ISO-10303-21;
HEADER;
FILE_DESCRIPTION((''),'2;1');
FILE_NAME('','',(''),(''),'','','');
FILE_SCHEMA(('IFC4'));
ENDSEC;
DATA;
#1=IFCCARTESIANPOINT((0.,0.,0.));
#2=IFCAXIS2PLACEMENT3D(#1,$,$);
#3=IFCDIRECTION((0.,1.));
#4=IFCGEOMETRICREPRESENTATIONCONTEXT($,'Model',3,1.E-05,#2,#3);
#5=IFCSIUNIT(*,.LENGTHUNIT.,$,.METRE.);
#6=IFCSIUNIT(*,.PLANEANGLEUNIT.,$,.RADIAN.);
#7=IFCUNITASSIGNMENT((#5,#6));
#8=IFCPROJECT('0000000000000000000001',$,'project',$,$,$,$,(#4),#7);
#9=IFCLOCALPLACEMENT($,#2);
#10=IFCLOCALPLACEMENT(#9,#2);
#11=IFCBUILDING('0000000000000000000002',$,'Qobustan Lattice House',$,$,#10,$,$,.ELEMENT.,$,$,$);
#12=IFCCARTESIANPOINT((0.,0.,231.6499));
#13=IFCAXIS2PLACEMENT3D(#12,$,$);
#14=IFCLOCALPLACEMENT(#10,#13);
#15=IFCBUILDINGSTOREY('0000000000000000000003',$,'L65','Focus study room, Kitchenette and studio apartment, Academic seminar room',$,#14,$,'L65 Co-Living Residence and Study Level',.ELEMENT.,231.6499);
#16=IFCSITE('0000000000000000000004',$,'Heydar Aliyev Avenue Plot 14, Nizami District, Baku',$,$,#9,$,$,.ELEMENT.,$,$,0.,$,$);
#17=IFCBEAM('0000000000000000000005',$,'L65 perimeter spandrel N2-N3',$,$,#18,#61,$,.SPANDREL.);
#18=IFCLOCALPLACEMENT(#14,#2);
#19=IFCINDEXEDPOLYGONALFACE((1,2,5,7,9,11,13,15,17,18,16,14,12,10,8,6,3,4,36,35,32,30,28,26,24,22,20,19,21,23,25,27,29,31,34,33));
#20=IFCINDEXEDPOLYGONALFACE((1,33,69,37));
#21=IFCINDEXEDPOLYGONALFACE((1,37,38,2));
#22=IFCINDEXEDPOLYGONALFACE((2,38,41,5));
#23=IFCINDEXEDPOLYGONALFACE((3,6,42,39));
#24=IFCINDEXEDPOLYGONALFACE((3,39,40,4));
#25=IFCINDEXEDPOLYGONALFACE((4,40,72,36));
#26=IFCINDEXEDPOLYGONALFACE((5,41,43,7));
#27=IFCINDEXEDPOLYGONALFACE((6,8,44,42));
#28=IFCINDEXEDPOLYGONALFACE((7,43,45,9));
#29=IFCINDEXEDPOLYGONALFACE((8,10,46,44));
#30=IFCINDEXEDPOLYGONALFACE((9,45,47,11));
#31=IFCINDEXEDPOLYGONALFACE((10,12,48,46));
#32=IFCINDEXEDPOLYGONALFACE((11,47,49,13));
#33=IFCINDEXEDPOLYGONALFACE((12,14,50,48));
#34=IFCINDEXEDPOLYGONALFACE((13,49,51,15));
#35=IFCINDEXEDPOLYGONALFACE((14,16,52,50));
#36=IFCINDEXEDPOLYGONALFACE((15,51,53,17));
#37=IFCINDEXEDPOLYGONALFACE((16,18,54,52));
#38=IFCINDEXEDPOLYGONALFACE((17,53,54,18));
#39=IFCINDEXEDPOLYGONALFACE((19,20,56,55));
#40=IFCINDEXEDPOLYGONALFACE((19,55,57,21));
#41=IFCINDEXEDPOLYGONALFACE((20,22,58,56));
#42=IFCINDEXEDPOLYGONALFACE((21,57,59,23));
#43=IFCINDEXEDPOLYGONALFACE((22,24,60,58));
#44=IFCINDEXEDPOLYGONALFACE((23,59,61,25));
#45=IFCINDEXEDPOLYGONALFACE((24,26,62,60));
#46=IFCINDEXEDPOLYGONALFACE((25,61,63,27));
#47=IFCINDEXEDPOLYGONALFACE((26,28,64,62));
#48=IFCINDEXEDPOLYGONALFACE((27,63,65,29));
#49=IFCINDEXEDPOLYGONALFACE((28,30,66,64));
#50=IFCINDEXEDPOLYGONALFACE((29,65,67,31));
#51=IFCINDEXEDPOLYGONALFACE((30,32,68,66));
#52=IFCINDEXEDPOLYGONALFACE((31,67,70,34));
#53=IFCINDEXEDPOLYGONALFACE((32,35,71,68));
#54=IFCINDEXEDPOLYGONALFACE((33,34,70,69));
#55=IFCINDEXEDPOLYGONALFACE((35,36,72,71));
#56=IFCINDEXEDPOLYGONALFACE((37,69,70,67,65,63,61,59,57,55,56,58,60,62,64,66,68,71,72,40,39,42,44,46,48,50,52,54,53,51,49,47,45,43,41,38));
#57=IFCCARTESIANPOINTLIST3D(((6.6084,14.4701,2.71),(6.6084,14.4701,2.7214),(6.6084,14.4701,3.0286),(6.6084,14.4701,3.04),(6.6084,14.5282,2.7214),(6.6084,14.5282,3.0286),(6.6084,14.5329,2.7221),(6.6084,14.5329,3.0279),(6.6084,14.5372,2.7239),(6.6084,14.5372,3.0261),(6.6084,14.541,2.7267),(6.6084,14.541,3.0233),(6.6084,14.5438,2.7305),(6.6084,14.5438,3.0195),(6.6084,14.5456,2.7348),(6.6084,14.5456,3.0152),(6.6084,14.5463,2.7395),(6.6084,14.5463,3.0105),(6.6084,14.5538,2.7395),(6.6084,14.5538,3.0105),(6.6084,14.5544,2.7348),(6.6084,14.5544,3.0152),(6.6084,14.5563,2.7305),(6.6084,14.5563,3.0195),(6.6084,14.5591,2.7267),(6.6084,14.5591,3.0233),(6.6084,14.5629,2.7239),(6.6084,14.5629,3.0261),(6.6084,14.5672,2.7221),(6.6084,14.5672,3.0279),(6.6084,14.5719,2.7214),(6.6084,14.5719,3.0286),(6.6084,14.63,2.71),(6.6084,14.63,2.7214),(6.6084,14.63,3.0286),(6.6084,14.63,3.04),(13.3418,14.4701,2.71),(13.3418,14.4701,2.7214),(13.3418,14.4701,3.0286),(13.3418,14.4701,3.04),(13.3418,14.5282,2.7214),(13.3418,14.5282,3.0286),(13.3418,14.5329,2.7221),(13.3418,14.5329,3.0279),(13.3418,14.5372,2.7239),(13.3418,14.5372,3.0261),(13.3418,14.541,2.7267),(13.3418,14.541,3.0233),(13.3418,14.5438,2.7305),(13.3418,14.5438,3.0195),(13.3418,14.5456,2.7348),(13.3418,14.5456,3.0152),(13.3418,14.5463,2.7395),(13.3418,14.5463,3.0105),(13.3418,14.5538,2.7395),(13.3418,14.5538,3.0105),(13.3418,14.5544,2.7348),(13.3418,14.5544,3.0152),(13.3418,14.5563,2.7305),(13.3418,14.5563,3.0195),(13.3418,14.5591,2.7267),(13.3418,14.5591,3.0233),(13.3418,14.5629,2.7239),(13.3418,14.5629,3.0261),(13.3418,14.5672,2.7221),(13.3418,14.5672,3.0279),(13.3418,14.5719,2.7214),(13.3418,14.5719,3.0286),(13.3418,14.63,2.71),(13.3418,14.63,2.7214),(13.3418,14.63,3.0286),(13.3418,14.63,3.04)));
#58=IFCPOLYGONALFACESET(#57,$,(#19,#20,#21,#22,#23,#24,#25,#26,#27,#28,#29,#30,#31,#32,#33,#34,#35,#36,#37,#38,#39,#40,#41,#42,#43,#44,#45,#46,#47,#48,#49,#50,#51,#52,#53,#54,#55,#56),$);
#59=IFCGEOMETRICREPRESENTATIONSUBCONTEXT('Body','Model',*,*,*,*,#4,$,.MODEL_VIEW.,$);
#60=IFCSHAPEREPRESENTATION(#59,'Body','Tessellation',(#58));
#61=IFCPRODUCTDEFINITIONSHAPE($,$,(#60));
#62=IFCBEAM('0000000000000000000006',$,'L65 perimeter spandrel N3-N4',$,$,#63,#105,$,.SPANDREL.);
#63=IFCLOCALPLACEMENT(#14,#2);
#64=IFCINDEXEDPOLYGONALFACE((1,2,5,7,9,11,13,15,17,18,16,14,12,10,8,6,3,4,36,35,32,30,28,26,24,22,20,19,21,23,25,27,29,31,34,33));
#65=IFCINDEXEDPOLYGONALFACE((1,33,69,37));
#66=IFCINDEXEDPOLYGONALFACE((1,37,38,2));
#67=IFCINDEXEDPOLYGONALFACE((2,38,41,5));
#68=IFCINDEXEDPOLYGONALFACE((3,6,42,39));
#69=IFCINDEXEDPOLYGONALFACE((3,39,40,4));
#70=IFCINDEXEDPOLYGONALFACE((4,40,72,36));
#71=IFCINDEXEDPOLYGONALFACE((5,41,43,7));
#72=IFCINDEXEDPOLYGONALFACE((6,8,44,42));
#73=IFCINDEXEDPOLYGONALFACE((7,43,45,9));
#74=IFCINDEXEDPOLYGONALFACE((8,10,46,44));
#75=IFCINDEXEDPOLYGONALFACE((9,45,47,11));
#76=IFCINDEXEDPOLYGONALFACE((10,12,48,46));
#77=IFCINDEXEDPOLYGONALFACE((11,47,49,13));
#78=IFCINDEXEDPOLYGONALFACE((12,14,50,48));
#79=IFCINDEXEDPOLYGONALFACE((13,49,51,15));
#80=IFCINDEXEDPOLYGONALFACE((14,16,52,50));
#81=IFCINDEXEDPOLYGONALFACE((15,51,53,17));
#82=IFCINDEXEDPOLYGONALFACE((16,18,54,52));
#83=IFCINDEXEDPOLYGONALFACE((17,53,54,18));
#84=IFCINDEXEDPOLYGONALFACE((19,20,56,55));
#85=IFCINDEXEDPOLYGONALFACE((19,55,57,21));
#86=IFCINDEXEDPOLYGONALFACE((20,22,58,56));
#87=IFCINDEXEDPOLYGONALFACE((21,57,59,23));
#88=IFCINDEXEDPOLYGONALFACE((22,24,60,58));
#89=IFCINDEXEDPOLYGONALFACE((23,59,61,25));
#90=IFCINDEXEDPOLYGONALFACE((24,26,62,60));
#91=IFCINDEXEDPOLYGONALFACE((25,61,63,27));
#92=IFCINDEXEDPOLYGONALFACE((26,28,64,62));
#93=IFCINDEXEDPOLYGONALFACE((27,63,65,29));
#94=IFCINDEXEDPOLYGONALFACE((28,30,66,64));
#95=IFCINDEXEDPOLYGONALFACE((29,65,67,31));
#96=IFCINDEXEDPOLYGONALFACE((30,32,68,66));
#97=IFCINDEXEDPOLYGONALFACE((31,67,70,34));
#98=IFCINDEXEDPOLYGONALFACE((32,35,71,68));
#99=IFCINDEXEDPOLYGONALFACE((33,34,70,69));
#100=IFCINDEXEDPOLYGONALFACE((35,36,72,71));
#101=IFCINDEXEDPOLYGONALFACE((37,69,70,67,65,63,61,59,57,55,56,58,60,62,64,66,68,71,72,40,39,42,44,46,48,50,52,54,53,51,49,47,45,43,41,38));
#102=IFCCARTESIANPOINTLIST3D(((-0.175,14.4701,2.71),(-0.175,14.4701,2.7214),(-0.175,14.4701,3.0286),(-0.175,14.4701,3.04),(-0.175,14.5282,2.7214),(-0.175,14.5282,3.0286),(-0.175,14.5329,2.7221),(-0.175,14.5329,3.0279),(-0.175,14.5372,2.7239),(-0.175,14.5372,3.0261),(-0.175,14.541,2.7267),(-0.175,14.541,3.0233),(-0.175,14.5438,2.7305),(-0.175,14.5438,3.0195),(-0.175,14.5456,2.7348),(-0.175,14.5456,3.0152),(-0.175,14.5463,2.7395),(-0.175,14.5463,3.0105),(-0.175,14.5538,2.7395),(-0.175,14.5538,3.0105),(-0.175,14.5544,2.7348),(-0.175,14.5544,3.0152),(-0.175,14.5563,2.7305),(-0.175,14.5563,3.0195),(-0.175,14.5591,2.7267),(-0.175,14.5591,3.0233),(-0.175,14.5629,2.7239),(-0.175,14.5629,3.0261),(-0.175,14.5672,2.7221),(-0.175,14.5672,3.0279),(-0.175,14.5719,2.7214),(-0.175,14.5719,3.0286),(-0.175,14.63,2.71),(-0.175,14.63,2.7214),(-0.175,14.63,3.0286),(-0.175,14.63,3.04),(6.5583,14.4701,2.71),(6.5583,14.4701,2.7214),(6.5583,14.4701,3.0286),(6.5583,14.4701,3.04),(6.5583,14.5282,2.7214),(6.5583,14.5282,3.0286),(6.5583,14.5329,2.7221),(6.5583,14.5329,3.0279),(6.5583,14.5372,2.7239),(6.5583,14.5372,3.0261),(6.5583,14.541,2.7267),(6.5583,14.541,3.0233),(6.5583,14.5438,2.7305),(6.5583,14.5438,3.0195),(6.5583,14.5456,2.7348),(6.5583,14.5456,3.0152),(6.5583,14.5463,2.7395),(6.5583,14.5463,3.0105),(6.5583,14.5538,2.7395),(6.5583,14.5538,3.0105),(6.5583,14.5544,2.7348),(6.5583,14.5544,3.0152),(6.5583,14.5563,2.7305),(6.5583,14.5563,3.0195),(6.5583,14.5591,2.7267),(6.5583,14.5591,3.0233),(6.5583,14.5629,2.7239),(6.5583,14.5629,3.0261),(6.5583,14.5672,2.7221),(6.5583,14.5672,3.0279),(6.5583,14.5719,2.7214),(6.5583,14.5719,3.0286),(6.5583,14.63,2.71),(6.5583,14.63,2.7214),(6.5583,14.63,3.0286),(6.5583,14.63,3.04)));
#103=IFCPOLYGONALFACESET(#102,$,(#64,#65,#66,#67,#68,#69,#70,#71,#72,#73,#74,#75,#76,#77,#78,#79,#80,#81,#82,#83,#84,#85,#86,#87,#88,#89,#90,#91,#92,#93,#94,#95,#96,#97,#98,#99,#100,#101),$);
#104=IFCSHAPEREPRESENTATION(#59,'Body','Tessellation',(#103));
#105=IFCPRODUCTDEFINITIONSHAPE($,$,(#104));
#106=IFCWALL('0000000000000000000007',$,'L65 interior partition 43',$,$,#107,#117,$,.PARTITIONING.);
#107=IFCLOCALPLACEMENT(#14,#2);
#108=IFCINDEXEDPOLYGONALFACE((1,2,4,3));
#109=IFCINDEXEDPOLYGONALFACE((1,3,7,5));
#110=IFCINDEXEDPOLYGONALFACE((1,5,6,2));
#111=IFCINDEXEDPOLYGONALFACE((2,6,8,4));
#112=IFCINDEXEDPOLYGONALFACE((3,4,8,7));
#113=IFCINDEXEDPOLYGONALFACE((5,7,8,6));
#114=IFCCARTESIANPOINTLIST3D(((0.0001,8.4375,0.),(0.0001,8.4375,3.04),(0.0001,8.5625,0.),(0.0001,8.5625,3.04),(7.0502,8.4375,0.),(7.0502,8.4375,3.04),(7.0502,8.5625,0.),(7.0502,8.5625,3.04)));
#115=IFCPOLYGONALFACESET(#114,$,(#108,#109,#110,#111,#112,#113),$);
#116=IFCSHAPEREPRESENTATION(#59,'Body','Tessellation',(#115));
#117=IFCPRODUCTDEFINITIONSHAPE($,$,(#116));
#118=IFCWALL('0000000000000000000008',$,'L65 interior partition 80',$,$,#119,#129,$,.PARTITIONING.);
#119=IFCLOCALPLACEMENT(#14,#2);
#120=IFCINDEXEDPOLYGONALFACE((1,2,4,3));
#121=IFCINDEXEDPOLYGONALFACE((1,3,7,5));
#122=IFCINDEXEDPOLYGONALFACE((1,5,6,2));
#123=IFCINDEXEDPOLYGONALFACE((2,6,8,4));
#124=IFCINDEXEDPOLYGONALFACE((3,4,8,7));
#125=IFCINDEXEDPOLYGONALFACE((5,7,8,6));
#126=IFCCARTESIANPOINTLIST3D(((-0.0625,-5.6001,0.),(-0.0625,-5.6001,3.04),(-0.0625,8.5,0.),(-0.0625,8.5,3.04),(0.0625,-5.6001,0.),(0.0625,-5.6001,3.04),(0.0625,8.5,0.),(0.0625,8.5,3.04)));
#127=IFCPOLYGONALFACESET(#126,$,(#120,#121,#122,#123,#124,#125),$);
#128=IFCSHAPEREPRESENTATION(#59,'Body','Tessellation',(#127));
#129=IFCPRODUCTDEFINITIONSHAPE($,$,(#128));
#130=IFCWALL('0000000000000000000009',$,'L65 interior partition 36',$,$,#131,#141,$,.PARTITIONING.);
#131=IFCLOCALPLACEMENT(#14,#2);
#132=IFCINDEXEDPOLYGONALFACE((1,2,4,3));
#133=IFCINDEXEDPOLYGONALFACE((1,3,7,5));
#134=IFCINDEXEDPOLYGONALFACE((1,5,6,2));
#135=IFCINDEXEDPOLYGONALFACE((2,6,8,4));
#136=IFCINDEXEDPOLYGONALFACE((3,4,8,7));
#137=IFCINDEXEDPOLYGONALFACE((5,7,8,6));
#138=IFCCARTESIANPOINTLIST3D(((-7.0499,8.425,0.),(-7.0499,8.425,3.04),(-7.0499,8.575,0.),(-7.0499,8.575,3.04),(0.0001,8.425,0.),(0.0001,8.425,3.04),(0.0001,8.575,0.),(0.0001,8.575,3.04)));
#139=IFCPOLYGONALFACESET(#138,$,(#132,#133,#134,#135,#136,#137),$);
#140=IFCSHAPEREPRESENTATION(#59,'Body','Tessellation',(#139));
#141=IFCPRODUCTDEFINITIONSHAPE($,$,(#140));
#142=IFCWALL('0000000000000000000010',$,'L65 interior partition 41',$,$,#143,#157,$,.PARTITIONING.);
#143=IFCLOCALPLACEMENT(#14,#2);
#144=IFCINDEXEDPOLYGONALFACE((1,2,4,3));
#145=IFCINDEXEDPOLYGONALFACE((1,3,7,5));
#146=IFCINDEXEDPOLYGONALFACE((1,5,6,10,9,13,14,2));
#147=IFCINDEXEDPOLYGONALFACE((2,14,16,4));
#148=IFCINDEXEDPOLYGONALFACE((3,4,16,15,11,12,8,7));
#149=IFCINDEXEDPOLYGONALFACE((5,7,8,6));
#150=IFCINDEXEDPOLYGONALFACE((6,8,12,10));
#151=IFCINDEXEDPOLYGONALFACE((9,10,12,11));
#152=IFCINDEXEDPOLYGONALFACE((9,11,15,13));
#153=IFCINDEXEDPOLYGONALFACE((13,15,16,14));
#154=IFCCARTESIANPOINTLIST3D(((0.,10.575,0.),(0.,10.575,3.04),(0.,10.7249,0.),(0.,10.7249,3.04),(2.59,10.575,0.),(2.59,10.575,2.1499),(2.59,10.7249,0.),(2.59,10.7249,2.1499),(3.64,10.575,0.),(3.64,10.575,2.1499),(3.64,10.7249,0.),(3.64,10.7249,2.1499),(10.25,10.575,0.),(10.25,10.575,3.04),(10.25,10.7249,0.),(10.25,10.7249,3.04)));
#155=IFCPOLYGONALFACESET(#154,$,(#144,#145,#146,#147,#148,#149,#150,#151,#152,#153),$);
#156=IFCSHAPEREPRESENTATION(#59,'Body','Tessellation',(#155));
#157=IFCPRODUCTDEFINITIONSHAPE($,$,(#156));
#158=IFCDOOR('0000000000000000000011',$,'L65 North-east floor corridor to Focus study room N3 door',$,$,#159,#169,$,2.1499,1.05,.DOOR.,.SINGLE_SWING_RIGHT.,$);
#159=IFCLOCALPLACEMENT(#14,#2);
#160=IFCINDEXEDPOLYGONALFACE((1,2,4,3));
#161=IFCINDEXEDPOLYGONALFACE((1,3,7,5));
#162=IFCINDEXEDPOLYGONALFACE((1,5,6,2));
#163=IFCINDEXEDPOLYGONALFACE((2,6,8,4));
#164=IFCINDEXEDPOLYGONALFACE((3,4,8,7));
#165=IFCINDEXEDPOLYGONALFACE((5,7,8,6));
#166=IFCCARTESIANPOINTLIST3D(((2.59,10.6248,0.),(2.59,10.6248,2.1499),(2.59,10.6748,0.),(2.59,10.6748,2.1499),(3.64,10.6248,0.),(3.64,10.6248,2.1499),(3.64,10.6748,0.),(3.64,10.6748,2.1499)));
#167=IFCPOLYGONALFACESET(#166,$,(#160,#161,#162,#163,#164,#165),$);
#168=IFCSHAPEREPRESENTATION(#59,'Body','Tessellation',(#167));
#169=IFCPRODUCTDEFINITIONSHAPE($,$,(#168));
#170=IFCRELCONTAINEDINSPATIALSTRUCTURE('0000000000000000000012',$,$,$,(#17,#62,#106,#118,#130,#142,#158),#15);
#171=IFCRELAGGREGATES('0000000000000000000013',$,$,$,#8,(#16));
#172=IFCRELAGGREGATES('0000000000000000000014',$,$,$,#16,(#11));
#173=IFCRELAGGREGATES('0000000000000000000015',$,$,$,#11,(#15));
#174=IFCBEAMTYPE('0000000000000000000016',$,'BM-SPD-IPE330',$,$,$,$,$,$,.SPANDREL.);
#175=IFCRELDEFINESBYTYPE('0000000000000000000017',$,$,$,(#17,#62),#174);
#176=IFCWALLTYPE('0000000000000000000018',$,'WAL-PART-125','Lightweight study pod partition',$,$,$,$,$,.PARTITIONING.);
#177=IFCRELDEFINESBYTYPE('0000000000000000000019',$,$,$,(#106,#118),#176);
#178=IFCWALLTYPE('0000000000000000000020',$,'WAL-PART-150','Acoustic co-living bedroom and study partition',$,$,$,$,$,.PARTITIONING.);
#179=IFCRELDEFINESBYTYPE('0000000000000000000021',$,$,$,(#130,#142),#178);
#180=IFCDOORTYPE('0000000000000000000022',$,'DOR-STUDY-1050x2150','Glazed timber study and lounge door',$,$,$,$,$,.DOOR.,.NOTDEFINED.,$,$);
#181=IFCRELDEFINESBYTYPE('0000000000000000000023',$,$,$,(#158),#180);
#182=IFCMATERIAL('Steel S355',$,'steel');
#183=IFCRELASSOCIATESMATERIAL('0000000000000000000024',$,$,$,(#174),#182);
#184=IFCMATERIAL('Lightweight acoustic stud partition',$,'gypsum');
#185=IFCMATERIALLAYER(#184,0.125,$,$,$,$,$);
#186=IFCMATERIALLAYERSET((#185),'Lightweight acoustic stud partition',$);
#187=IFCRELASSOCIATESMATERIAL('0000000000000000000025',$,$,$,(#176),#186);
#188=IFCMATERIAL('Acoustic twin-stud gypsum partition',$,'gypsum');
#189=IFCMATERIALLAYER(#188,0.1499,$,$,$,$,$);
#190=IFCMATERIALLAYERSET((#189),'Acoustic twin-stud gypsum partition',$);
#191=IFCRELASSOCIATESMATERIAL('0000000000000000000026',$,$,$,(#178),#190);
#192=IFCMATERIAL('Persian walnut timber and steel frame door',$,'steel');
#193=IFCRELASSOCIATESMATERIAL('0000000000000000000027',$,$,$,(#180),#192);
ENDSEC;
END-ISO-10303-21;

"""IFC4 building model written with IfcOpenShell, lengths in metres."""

from ifc_helpers import new_model, si_unit, direction, frame, frame_2d, origin, origin_2d, place, context, subcontext, project, spatial, rectangle, i_section, extrude, material, layer, layer_set, material_profile, profile_set, type_object, element, fill, save


model = new_model("IFC4")

# Units and contexts
model_context = context("Model", 3, precision=1e-05, world=origin(), true_north=direction((0.0, 1.0)))
body_context = subcontext(model_context, "Body", "Model", "MODEL_VIEW")
ifc_project = project(units=[si_unit("LENGTHUNIT", "METRE"), si_unit("PLANEANGLEUNIT", "RADIAN")], contexts=[model_context])

# Site, building, storey
site_placement = place(None, origin())
site = spatial("IfcSite", under=ifc_project, at=site_placement, Name="Heydar Aliyev Avenue Plot 14, Nizami District, Baku", CompositionType="ELEMENT", RefElevation=0.0)
building_placement = place(site_placement, origin())
building = spatial("IfcBuilding", under=site, at=building_placement, Name="Qobustan Lattice House", CompositionType="ELEMENT")
storey_placement = place(building_placement, frame((0.0, 0.0, 231.6499)))
storey = spatial("IfcBuildingStorey", under=building, at=storey_placement, Name="L65", Description="Focus study room, Kitchenette and studio apartment, Academic seminar room", LongName="L65 Co-Living Residence and Study Level", CompositionType="ELEMENT", Elevation=231.6499)

# Beams
ifc_material_1 = material(Name="Steel S355", Category="steel")
ifc_material_profile_1 = material_profile(ifc_material_1, i_section(OverallWidth=0.1599, OverallDepth=0.3301, WebThickness=0.0076, FlangeThickness=0.0115, FilletRadius=0.0181, at=origin_2d()), Name="IPE330")
ifc_profile_set_1 = profile_set([ifc_material_profile_1], Name="Steel S355")
beam_type_1 = type_object("IfcBeamType", Name="BM-SPD-IPE330", PredefinedType="SPANDREL", material=ifc_profile_set_1)
for number, where, z_axis, x_axis, name in (
    (1, (13.3418, 14.55, 2.875), (-1.0, 0.0, 0.0), (0.0, -1.0, 0.0), "L65 perimeter spandrel N2-N3"),
    (2, (6.5583, 14.55, 2.875), (-1.0, 0.0, 0.0), (0.0, -1.0, 0.0), "L65 perimeter spandrel N3-N4"),
):
    element("IfcBeam", number, at=place(storey_placement, frame(where, z_axis=z_axis, x_axis=x_axis)), inside=storey, type_object=beam_type_1, Name=name, PredefinedType="SPANDREL", context=body_context, shape_type="SweptSolid", body=[
        extrude(i_section(OverallWidth=0.1599, OverallDepth=0.3301, WebThickness=0.0076, FlangeThickness=0.0115, FilletRadius=0.0181, at=origin_2d()), origin(), (0.0, 0.0, 1.0), 6.7334),
    ])

# Walls
ifc_material_2 = material(Name="Lightweight acoustic stud partition", Category="gypsum")
ifc_layer_1 = layer(ifc_material_2, 0.125)
ifc_layer_set_1 = layer_set([ifc_layer_1], Name="Lightweight acoustic stud partition")
wall_type_1 = type_object("IfcWallType", Name="WAL-PART-125", Description="Lightweight study pod partition", PredefinedType="PARTITIONING", material=ifc_layer_set_1)
wall_1_placement = place(storey_placement, frame((7.05, 8.5, 0.0), z_axis=(0.0, 0.0, 1.0), x_axis=(-1.0, 0.0, 0.0)))
element("IfcWall", 3, at=wall_1_placement, inside=storey, type_object=wall_type_1, Name="L65 interior partition 43", PredefinedType="PARTITIONING", context=body_context, shape_type="SweptSolid", body=[
    extrude(rectangle(XDim=7.05, YDim=0.125, at=frame_2d((3.5249, 0.0))), origin(), (0.0, 0.0, 1.0), 3.04),
])
wall_2_placement = place(storey_placement, frame((0.0, 8.5, 0.0), z_axis=(0.0, 0.0, 1.0), x_axis=(0.0, -1.0, 0.0)))
element("IfcWall", 4, at=wall_2_placement, inside=storey, type_object=wall_type_1, Name="L65 interior partition 80", PredefinedType="PARTITIONING", context=body_context, shape_type="SweptSolid", body=[
    extrude(rectangle(XDim=14.1001, YDim=0.125, at=frame_2d((7.05, 0.0))), origin(), (0.0, 0.0, 1.0), 3.04),
])
ifc_material_3 = material(Name="Acoustic twin-stud gypsum partition", Category="gypsum")
ifc_layer_2 = layer(ifc_material_3, 0.1499)
ifc_layer_set_2 = layer_set([ifc_layer_2], Name="Acoustic twin-stud gypsum partition")
wall_type_2 = type_object("IfcWallType", Name="WAL-PART-150", Description="Acoustic co-living bedroom and study partition", PredefinedType="PARTITIONING", material=ifc_layer_set_2)
wall_3_placement = place(storey_placement, frame((0.0, 8.5, 0.0), z_axis=(0.0, 0.0, 1.0), x_axis=(-1.0, 0.0, 0.0)))
element("IfcWall", 5, at=wall_3_placement, inside=storey, type_object=wall_type_2, Name="L65 interior partition 36", PredefinedType="PARTITIONING", context=body_context, shape_type="SweptSolid", body=[
    extrude(rectangle(XDim=7.05, YDim=0.1499, at=frame_2d((3.5249, 0.0))), origin(), (0.0, 0.0, 1.0), 3.04),
])

# Wall, opening, door
wall_4_placement = place(storey_placement, frame((0.0, 10.6499, 0.0), z_axis=(0.0, 0.0, 1.0), x_axis=(1.0, 0.0, 0.0)))
wall_4 = element("IfcWall", 6, at=wall_4_placement, inside=storey, type_object=wall_type_2, Name="L65 interior partition 41", PredefinedType="PARTITIONING", context=body_context, shape_type="SweptSolid", body=[
    extrude(rectangle(XDim=10.25, YDim=0.1499, at=frame_2d((5.125, 0.0))), origin(), (0.0, 0.0, 1.0), 3.04),
])
opening_1_placement = place(wall_4_placement, frame((2.5901, 0.0, 0.0)))
opening_1 = element("IfcOpeningElement", 7, at=opening_1_placement, cuts=wall_4, PredefinedType="OPENING", context=body_context, shape_type="SweptSolid", body=[
    extrude(rectangle(XDim=1.05, YDim=2.1499, at=frame_2d((0.5249, 1.075))), frame((0.0, 0.085, 0.0), z_axis=(0.0, -1.0, 0.0), x_axis=(1.0, 0.0, 0.0)), (0.0, 0.0, 1.0), 0.1699),
])
ifc_material_4 = material(Name="Persian walnut timber and steel frame door", Category="steel")
door_type_1 = type_object("IfcDoorType", Name="DOR-STUDY-1050x2150", Description="Glazed timber study and lounge door", OperationType="NOTDEFINED", PredefinedType="DOOR", material=ifc_material_4)
door_1_placement = place(opening_1_placement, origin())
door_1 = element("IfcDoor", 8, at=door_1_placement, inside=storey, type_object=door_type_1, Name="L65 North-east floor corridor to Focus study room N3 door", OperationType="SINGLE_SWING_RIGHT", OverallHeight=2.1499, OverallWidth=1.05, PredefinedType="DOOR", context=body_context, shape_type="SweptSolid", body=[
    extrude(rectangle(XDim=1.05, YDim=2.1499, at=frame_2d((0.5249, 1.075))), frame((0.0, 0.0249, 0.0), z_axis=(0.0, -1.0, 0.0), x_axis=(1.0, 0.0, 0.0)), (0.0, 0.0, 1.0), 0.05),
])
fill(opening_1, door_1)

save(model, "model.ifc")
